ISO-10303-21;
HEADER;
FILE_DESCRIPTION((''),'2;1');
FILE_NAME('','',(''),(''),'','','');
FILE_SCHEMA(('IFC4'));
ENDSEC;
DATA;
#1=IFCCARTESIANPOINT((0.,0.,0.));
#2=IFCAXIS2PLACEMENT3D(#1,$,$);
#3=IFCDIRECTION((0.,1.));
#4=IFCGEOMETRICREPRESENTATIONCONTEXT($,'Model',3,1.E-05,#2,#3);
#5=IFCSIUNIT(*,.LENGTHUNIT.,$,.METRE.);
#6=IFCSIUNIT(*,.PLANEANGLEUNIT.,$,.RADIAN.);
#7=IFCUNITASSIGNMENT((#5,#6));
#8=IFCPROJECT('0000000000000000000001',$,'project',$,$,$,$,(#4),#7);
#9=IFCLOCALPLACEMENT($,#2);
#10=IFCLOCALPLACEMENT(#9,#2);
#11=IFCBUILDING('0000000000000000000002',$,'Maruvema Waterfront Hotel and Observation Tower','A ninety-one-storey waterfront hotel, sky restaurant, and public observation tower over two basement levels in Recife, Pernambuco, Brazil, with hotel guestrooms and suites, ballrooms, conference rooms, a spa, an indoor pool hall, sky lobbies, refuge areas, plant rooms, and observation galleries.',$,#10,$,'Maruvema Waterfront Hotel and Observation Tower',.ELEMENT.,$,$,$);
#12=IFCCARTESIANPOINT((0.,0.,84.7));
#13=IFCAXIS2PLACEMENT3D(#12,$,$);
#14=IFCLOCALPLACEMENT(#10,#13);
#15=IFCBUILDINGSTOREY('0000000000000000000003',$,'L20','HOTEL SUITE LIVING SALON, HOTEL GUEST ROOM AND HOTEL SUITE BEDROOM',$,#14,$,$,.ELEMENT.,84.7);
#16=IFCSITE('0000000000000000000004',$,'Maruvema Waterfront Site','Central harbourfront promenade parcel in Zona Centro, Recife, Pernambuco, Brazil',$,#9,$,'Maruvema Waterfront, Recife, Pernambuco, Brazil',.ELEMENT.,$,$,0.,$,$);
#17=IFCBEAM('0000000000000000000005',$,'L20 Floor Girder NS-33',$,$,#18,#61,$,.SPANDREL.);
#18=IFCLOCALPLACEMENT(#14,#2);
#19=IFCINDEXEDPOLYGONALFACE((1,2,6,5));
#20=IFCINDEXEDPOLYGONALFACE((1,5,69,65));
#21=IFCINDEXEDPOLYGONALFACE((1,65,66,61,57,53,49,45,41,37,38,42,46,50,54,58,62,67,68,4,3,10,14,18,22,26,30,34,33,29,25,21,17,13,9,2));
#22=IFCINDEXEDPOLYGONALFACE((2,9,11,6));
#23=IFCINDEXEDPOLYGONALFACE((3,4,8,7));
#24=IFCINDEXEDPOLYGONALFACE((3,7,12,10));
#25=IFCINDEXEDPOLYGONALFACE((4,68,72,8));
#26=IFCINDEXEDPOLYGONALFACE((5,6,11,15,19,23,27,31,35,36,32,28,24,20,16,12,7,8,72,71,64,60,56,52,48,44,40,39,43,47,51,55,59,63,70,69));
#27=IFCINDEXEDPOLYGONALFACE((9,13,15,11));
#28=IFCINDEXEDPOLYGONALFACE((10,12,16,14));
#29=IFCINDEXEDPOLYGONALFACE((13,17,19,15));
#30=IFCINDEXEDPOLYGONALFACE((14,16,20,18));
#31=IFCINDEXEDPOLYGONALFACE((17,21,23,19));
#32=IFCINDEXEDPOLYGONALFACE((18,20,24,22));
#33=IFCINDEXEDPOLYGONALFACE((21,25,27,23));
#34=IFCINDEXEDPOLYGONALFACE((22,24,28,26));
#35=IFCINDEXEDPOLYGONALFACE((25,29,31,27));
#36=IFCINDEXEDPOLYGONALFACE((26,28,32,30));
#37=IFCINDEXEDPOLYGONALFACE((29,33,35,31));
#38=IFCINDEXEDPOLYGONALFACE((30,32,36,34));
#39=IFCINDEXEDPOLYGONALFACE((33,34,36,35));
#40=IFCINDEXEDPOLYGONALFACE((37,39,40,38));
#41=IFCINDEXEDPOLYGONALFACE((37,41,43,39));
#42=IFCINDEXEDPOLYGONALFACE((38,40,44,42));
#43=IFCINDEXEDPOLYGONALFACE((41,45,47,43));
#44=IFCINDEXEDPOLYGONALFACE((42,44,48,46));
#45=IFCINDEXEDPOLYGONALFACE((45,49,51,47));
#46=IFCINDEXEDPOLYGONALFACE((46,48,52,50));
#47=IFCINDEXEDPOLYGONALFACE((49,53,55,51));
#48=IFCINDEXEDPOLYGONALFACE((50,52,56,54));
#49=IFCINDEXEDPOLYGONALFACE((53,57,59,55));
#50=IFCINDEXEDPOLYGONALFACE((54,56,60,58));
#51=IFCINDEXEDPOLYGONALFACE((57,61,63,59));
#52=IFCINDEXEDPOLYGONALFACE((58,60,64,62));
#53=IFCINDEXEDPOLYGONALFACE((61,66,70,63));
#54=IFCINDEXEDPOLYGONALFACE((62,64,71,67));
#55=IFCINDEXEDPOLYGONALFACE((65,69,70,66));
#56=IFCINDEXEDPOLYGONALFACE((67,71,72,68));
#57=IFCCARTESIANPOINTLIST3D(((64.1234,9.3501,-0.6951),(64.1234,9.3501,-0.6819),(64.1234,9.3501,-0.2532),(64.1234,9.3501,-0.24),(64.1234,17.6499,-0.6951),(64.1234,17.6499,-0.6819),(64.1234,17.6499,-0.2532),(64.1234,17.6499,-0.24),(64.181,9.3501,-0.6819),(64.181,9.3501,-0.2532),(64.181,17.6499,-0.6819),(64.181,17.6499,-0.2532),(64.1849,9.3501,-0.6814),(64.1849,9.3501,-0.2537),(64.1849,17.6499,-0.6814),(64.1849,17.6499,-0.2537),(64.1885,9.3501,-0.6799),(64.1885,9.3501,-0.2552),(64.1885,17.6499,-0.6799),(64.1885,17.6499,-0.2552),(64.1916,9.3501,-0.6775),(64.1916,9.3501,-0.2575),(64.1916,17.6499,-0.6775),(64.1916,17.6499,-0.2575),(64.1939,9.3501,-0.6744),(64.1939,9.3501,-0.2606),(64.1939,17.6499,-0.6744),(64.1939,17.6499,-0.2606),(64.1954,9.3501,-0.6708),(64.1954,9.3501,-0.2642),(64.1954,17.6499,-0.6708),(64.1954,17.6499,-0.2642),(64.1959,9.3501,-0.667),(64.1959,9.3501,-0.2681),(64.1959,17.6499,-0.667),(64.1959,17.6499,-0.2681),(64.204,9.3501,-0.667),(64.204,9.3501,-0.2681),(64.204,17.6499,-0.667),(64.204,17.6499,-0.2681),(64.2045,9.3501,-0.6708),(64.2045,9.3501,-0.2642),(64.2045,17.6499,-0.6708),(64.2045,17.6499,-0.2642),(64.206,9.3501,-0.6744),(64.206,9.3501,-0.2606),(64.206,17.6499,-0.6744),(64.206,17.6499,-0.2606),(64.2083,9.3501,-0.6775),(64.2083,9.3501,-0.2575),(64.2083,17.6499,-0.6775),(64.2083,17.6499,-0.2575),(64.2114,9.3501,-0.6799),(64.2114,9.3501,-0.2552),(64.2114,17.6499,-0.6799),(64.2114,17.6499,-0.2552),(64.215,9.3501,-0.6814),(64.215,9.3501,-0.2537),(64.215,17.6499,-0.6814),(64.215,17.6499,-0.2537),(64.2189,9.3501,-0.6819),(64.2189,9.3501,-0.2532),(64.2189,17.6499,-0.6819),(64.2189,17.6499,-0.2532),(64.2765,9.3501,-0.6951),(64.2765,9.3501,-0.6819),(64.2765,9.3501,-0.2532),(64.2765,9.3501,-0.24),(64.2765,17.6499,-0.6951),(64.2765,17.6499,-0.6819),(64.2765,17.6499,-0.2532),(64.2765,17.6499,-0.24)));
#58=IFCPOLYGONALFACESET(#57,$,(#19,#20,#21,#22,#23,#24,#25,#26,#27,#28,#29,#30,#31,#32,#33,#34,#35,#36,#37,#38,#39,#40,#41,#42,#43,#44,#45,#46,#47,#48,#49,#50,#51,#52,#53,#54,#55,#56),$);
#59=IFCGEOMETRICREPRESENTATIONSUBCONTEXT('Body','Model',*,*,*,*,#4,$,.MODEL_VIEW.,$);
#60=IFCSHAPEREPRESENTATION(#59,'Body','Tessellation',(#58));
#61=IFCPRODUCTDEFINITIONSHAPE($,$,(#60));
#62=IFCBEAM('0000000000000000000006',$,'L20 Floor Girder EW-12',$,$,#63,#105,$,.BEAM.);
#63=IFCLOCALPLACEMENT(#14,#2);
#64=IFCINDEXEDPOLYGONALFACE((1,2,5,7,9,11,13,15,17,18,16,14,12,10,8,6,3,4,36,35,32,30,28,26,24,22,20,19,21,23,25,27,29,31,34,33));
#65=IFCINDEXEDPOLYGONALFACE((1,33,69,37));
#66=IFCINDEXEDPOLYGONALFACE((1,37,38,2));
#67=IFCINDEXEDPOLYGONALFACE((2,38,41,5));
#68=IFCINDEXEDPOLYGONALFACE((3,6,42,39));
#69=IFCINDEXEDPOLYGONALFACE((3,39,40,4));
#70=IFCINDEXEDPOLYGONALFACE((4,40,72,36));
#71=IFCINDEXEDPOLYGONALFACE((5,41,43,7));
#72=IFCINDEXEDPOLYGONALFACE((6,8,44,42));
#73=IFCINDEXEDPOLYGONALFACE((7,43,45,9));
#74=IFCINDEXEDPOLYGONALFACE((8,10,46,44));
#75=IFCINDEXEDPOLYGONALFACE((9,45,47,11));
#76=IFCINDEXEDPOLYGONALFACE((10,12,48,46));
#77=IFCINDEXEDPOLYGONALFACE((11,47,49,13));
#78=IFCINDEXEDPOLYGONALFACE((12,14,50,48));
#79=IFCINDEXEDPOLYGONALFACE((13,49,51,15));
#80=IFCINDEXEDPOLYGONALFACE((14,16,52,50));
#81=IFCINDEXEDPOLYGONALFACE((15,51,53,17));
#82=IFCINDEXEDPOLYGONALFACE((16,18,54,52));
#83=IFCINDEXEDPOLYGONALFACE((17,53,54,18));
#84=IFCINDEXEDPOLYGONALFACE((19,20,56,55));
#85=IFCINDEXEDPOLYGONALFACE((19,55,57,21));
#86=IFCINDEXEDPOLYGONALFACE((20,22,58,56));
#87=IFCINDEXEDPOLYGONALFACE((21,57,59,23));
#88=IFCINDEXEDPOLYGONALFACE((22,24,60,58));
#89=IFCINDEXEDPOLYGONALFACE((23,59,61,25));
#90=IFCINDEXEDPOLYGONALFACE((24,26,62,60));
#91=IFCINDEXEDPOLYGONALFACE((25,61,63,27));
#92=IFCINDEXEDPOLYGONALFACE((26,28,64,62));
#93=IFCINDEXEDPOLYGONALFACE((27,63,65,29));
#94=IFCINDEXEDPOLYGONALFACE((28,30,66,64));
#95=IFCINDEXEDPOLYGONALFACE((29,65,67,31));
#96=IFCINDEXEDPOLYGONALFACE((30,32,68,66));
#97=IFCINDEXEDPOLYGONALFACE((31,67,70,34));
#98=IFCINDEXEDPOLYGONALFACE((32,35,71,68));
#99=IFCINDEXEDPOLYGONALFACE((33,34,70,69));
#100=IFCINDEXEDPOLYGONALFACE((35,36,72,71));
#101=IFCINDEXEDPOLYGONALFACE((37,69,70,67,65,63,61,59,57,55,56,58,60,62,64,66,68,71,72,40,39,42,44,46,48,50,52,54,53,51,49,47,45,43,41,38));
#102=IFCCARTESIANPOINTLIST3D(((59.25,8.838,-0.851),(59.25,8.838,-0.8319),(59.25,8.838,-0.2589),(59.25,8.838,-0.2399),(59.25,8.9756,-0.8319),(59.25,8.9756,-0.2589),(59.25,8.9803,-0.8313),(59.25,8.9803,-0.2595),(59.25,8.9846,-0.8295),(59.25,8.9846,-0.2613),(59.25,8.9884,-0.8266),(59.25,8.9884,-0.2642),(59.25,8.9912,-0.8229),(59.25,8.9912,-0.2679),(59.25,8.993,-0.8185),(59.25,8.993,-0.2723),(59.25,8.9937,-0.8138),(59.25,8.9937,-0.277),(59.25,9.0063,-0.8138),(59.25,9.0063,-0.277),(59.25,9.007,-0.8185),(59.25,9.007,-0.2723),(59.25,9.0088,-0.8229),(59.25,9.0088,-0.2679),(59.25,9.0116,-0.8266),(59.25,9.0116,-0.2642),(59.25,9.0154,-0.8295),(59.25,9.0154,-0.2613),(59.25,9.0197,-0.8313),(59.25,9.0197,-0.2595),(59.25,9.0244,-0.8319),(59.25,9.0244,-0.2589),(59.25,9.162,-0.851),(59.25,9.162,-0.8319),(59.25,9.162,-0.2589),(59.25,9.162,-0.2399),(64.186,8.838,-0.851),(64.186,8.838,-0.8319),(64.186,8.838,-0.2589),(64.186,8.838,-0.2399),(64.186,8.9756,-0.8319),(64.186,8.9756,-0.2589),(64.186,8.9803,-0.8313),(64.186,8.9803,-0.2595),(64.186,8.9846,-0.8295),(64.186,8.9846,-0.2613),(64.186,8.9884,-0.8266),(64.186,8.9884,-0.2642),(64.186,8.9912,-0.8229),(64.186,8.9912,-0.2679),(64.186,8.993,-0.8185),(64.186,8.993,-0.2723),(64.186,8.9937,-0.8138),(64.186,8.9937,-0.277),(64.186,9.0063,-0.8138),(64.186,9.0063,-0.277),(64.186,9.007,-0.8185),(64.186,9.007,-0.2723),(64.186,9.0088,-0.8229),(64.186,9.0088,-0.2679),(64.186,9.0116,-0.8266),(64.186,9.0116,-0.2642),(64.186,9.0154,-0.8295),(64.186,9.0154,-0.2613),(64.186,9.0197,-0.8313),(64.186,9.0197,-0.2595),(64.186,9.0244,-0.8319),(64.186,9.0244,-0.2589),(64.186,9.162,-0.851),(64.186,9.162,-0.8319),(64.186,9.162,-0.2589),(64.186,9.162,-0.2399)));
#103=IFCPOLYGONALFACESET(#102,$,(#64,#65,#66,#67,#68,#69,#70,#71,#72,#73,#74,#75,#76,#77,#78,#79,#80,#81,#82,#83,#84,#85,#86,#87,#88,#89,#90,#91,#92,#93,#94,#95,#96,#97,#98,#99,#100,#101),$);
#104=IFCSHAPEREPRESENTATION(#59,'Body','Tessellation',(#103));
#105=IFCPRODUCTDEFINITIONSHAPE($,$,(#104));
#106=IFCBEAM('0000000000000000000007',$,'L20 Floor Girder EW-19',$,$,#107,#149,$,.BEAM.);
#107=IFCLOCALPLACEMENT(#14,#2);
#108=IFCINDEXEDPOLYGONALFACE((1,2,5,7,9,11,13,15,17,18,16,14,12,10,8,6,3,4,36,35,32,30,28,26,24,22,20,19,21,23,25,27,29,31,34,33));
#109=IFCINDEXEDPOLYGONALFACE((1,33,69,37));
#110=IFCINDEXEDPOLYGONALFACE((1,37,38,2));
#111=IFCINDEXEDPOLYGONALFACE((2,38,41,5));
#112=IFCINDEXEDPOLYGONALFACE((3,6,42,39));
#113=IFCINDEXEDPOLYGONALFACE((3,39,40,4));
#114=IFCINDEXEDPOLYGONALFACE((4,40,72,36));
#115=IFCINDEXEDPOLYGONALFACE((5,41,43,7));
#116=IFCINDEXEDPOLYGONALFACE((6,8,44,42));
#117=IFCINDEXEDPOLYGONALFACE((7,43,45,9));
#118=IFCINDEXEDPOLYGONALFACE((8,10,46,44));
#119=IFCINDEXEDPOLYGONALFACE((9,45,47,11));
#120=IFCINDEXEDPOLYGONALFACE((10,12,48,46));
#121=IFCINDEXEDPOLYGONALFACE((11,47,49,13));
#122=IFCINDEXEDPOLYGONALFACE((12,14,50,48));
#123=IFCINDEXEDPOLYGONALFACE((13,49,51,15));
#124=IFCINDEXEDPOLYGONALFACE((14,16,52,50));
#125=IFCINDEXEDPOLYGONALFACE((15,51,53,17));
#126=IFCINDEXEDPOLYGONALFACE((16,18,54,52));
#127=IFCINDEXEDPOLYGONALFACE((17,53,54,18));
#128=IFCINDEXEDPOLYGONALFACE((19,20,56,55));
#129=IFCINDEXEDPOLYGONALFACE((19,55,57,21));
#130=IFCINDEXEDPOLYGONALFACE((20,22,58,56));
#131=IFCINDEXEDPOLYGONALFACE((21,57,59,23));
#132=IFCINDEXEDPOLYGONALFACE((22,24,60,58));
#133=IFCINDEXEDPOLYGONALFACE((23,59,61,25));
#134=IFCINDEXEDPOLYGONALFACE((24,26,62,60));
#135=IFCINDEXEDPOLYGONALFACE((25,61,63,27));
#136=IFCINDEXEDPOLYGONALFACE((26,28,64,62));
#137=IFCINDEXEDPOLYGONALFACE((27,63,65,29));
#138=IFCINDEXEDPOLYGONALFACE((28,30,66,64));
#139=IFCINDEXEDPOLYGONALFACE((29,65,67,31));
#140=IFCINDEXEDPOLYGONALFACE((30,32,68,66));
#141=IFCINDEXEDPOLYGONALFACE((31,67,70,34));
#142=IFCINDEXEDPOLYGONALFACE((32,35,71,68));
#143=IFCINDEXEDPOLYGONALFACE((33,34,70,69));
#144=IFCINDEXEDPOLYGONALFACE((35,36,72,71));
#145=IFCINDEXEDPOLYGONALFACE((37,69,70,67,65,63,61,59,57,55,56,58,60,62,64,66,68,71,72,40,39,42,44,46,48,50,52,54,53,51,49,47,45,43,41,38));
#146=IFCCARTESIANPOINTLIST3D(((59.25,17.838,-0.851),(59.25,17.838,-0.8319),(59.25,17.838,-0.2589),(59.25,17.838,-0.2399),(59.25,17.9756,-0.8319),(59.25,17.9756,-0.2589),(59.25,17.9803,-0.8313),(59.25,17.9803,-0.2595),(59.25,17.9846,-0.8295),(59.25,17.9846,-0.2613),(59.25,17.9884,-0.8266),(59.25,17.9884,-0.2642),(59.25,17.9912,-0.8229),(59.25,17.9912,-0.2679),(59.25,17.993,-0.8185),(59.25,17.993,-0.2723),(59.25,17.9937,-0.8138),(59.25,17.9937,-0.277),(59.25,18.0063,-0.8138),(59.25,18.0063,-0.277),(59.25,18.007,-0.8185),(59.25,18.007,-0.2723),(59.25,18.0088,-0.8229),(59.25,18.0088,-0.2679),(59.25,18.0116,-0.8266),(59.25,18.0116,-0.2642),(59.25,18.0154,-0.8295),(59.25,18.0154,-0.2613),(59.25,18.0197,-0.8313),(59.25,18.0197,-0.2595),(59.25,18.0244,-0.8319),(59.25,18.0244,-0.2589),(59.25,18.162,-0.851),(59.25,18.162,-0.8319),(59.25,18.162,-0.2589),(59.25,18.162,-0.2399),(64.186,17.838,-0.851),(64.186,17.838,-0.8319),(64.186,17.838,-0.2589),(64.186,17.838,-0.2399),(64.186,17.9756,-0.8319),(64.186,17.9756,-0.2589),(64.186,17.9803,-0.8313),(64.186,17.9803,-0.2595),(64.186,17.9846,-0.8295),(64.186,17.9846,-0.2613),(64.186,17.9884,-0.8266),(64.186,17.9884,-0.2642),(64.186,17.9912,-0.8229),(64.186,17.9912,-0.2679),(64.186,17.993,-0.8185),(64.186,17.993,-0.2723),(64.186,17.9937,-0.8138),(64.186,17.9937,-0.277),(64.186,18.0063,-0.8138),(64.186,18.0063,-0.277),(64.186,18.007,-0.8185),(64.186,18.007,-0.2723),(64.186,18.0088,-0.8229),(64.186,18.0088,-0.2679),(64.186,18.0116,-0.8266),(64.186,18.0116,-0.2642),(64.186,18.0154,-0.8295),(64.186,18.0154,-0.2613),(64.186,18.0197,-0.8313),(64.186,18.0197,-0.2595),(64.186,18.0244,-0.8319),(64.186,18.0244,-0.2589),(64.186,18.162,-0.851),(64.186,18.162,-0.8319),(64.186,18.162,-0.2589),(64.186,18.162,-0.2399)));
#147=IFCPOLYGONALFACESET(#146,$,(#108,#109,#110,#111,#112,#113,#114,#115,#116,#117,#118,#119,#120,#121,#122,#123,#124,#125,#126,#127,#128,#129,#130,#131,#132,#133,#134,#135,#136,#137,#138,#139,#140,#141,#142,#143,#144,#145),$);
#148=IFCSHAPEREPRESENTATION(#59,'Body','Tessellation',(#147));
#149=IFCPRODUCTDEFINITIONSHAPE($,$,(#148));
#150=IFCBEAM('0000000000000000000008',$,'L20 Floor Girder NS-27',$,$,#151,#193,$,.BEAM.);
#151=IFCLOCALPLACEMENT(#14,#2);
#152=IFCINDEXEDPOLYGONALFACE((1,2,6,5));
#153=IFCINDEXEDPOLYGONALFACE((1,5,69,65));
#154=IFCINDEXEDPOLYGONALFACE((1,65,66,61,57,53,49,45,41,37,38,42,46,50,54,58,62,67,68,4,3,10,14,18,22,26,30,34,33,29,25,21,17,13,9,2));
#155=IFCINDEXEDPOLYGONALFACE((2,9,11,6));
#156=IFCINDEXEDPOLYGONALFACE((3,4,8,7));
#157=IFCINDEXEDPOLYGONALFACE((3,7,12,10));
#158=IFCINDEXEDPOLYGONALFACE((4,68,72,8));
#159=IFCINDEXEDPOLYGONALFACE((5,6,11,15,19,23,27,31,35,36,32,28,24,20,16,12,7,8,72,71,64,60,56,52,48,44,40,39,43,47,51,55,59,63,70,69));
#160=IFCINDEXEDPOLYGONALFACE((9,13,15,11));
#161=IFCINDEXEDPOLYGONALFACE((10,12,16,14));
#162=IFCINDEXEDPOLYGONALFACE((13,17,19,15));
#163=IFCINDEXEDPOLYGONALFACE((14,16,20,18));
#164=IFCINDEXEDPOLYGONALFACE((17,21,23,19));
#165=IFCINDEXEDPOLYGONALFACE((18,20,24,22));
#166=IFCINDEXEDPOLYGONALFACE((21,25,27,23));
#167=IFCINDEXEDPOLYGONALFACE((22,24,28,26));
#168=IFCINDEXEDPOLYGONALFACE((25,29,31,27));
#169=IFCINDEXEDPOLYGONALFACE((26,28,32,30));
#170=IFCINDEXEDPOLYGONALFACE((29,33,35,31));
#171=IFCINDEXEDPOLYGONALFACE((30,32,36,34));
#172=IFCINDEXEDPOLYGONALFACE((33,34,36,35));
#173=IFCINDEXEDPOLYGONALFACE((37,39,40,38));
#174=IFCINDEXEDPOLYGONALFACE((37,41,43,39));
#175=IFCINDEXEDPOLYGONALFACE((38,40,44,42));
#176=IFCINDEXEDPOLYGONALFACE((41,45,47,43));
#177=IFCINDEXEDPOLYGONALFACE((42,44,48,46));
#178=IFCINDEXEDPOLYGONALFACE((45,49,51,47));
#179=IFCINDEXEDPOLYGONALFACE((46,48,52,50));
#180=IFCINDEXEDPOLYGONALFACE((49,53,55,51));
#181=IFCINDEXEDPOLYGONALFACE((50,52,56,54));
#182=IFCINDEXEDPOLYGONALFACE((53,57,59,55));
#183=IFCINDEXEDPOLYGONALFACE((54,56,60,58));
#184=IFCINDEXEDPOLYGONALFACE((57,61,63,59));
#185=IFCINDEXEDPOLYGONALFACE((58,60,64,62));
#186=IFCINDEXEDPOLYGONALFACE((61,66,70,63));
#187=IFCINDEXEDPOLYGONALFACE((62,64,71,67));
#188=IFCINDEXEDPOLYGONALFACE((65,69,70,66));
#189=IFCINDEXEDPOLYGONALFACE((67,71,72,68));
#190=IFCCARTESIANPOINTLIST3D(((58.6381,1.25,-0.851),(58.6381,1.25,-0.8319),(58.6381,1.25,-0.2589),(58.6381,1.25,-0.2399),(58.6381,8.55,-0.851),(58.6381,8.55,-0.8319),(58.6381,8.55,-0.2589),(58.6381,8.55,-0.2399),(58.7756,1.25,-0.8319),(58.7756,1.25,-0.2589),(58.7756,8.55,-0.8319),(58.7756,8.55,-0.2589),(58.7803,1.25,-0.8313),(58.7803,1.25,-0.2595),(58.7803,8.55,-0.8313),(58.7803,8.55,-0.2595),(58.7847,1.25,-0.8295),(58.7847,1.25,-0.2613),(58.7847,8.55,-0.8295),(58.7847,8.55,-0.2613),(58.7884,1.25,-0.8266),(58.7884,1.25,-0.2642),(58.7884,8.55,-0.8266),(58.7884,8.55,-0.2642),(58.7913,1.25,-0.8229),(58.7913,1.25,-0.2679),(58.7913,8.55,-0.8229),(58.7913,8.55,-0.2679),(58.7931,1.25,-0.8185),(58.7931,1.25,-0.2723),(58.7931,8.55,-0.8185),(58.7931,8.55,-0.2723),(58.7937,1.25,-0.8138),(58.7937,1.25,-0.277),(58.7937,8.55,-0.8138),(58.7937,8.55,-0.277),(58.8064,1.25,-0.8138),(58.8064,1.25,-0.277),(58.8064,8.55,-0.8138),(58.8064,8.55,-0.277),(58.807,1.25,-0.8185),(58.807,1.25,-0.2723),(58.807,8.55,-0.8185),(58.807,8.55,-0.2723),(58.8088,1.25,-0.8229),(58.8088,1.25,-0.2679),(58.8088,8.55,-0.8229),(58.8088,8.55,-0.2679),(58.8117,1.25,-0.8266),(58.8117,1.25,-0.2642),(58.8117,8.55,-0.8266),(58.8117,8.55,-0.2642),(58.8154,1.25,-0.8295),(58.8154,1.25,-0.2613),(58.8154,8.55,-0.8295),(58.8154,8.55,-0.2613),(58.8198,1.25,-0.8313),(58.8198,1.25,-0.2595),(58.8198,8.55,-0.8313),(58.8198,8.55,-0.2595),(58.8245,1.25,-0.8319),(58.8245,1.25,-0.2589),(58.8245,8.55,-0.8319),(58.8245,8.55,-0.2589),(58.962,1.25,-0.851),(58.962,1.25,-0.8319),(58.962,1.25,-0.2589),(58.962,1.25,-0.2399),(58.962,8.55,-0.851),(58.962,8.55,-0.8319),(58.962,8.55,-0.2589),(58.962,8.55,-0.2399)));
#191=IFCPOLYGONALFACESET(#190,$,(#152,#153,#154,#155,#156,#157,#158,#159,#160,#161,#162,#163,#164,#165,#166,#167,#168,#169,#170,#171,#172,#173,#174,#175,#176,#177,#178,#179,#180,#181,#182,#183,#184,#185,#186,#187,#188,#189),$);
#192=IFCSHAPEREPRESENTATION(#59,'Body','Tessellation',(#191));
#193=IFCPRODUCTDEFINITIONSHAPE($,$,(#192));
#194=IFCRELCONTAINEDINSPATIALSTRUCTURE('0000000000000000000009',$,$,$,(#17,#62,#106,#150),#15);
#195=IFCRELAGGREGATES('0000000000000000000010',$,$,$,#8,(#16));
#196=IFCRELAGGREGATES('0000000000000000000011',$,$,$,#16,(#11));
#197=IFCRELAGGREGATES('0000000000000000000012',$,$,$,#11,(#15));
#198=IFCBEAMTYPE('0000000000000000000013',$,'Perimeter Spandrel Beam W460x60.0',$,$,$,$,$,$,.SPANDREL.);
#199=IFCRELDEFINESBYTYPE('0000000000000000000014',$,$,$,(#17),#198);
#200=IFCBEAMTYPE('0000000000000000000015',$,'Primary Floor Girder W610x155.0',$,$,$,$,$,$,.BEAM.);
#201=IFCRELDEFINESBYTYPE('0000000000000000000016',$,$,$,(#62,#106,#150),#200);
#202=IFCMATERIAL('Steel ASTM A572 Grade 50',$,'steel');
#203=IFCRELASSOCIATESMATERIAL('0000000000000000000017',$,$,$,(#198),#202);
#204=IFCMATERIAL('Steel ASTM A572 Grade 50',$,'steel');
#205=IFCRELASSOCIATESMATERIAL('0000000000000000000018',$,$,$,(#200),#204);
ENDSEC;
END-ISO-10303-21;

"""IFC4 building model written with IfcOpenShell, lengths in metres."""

from ifc_helpers import new_model, si_unit, direction, frame, origin, origin_2d, place, context, subcontext, project, spatial, i_section, extrude, material, material_profile, profile_set, type_object, element, save


model = new_model("IFC4")

# Units and contexts
model_context = context("Model", 3, precision=1e-05, world=origin(), true_north=direction((0.0, 1.0)))
body_context = subcontext(model_context, "Body", "Model", "MODEL_VIEW")
ifc_project = project(units=[si_unit("LENGTHUNIT", "METRE"), si_unit("PLANEANGLEUNIT", "RADIAN")], contexts=[model_context])

# Site, building, storey
site_placement = place(None, origin())
site = spatial("IfcSite", under=ifc_project, at=site_placement, Name="Maruvema Waterfront Site", Description="Central harbourfront promenade parcel in Zona Centro, Recife, Pernambuco, Brazil", LongName="Maruvema Waterfront, Recife, Pernambuco, Brazil", CompositionType="ELEMENT", RefElevation=0.0)
building_placement = place(site_placement, origin())
building = spatial("IfcBuilding", under=site, at=building_placement, Name="Maruvema Waterfront Hotel and Observation Tower", Description="A ninety-one-storey waterfront hotel, sky restaurant, and public observation tower over two basement levels in Recife, Pernambuco, Brazil, with hotel guestrooms and suites, ballrooms, conference rooms, a spa, an indoor pool hall, sky lobbies, refuge areas, plant rooms, and observation galleries.", LongName="Maruvema Waterfront Hotel and Observation Tower", CompositionType="ELEMENT")
storey_placement = place(building_placement, frame((0.0, 0.0, 84.7)))
storey = spatial("IfcBuildingStorey", under=building, at=storey_placement, Name="L20", Description="HOTEL SUITE LIVING SALON, HOTEL GUEST ROOM AND HOTEL SUITE BEDROOM", CompositionType="ELEMENT", Elevation=84.7)

# Beams
ifc_material_1 = material(Name="Steel ASTM A572 Grade 50", Category="steel")
ifc_material_profile_1 = material_profile(ifc_material_1, i_section(OverallWidth=0.1531, OverallDepth=0.4551, WebThickness=0.0081, FlangeThickness=0.0132, FilletRadius=0.0149, at=origin_2d()), Name="W460x60.0")
ifc_profile_set_1 = profile_set([ifc_material_profile_1], Name="Steel ASTM A572 Grade 50")
beam_type_1 = type_object("IfcBeamType", Name="Perimeter Spandrel Beam W460x60.0", PredefinedType="SPANDREL", material=ifc_profile_set_1)
beam_1_placement = place(storey_placement, frame((64.2, 9.3501, -0.4675), z_axis=(0.0, 1.0, 0.0), x_axis=(-1.0, 0.0, 0.0)))
element("IfcBeam", 1, at=beam_1_placement, inside=storey, type_object=beam_type_1, Name="L20 Floor Girder NS-33", PredefinedType="SPANDREL", context=body_context, shape_type="SweptSolid", body=[
    extrude(i_section(OverallWidth=0.1531, OverallDepth=0.4551, WebThickness=0.0081, FlangeThickness=0.0132, FilletRadius=0.0149, at=origin_2d()), origin(), (0.0, 0.0, 1.0), 8.2998),
])
ifc_material_2 = material(Name="Steel ASTM A572 Grade 50", Category="steel")
ifc_material_profile_2 = material_profile(ifc_material_2, i_section(OverallWidth=0.324, OverallDepth=0.6111, WebThickness=0.0127, FlangeThickness=0.019, FilletRadius=0.0181, at=origin_2d()), Name="W610x155.0")
ifc_profile_set_2 = profile_set([ifc_material_profile_2], Name="Steel ASTM A572 Grade 50")
beam_type_2 = type_object("IfcBeamType", Name="Primary Floor Girder W610x155.0", PredefinedType="BEAM", material=ifc_profile_set_2)
for number, where, z_axis, x_axis, name in (
    (2, (59.25, 9.0, -0.5454), (1.0, 0.0, 0.0), (0.0, 1.0, 0.0), "L20 Floor Girder EW-12"),
    (3, (59.25, 18.0, -0.5454), (1.0, 0.0, 0.0), (0.0, 1.0, 0.0), "L20 Floor Girder EW-19"),
):
    element("IfcBeam", number, at=place(storey_placement, frame(where, z_axis=z_axis, x_axis=x_axis)), inside=storey, type_object=beam_type_2, Name=name, PredefinedType="BEAM", context=body_context, shape_type="SweptSolid", body=[
        extrude(i_section(OverallWidth=0.324, OverallDepth=0.6111, WebThickness=0.0127, FlangeThickness=0.019, FilletRadius=0.0181, at=origin_2d()), origin(), (0.0, 0.0, 1.0), 4.936),
    ])
beam_2_placement = place(storey_placement, frame((58.8, 1.25, -0.5454), z_axis=(0.0, 1.0, 0.0), x_axis=(-1.0, 0.0, 0.0)))
element("IfcBeam", 4, at=beam_2_placement, inside=storey, type_object=beam_type_2, Name="L20 Floor Girder NS-27", PredefinedType="BEAM", context=body_context, shape_type="SweptSolid", body=[
    extrude(i_section(OverallWidth=0.324, OverallDepth=0.6111, WebThickness=0.0127, FlangeThickness=0.019, FilletRadius=0.0181, at=origin_2d()), origin(), (0.0, 0.0, 1.0), 7.3),
])

save(model, "model.ifc")
